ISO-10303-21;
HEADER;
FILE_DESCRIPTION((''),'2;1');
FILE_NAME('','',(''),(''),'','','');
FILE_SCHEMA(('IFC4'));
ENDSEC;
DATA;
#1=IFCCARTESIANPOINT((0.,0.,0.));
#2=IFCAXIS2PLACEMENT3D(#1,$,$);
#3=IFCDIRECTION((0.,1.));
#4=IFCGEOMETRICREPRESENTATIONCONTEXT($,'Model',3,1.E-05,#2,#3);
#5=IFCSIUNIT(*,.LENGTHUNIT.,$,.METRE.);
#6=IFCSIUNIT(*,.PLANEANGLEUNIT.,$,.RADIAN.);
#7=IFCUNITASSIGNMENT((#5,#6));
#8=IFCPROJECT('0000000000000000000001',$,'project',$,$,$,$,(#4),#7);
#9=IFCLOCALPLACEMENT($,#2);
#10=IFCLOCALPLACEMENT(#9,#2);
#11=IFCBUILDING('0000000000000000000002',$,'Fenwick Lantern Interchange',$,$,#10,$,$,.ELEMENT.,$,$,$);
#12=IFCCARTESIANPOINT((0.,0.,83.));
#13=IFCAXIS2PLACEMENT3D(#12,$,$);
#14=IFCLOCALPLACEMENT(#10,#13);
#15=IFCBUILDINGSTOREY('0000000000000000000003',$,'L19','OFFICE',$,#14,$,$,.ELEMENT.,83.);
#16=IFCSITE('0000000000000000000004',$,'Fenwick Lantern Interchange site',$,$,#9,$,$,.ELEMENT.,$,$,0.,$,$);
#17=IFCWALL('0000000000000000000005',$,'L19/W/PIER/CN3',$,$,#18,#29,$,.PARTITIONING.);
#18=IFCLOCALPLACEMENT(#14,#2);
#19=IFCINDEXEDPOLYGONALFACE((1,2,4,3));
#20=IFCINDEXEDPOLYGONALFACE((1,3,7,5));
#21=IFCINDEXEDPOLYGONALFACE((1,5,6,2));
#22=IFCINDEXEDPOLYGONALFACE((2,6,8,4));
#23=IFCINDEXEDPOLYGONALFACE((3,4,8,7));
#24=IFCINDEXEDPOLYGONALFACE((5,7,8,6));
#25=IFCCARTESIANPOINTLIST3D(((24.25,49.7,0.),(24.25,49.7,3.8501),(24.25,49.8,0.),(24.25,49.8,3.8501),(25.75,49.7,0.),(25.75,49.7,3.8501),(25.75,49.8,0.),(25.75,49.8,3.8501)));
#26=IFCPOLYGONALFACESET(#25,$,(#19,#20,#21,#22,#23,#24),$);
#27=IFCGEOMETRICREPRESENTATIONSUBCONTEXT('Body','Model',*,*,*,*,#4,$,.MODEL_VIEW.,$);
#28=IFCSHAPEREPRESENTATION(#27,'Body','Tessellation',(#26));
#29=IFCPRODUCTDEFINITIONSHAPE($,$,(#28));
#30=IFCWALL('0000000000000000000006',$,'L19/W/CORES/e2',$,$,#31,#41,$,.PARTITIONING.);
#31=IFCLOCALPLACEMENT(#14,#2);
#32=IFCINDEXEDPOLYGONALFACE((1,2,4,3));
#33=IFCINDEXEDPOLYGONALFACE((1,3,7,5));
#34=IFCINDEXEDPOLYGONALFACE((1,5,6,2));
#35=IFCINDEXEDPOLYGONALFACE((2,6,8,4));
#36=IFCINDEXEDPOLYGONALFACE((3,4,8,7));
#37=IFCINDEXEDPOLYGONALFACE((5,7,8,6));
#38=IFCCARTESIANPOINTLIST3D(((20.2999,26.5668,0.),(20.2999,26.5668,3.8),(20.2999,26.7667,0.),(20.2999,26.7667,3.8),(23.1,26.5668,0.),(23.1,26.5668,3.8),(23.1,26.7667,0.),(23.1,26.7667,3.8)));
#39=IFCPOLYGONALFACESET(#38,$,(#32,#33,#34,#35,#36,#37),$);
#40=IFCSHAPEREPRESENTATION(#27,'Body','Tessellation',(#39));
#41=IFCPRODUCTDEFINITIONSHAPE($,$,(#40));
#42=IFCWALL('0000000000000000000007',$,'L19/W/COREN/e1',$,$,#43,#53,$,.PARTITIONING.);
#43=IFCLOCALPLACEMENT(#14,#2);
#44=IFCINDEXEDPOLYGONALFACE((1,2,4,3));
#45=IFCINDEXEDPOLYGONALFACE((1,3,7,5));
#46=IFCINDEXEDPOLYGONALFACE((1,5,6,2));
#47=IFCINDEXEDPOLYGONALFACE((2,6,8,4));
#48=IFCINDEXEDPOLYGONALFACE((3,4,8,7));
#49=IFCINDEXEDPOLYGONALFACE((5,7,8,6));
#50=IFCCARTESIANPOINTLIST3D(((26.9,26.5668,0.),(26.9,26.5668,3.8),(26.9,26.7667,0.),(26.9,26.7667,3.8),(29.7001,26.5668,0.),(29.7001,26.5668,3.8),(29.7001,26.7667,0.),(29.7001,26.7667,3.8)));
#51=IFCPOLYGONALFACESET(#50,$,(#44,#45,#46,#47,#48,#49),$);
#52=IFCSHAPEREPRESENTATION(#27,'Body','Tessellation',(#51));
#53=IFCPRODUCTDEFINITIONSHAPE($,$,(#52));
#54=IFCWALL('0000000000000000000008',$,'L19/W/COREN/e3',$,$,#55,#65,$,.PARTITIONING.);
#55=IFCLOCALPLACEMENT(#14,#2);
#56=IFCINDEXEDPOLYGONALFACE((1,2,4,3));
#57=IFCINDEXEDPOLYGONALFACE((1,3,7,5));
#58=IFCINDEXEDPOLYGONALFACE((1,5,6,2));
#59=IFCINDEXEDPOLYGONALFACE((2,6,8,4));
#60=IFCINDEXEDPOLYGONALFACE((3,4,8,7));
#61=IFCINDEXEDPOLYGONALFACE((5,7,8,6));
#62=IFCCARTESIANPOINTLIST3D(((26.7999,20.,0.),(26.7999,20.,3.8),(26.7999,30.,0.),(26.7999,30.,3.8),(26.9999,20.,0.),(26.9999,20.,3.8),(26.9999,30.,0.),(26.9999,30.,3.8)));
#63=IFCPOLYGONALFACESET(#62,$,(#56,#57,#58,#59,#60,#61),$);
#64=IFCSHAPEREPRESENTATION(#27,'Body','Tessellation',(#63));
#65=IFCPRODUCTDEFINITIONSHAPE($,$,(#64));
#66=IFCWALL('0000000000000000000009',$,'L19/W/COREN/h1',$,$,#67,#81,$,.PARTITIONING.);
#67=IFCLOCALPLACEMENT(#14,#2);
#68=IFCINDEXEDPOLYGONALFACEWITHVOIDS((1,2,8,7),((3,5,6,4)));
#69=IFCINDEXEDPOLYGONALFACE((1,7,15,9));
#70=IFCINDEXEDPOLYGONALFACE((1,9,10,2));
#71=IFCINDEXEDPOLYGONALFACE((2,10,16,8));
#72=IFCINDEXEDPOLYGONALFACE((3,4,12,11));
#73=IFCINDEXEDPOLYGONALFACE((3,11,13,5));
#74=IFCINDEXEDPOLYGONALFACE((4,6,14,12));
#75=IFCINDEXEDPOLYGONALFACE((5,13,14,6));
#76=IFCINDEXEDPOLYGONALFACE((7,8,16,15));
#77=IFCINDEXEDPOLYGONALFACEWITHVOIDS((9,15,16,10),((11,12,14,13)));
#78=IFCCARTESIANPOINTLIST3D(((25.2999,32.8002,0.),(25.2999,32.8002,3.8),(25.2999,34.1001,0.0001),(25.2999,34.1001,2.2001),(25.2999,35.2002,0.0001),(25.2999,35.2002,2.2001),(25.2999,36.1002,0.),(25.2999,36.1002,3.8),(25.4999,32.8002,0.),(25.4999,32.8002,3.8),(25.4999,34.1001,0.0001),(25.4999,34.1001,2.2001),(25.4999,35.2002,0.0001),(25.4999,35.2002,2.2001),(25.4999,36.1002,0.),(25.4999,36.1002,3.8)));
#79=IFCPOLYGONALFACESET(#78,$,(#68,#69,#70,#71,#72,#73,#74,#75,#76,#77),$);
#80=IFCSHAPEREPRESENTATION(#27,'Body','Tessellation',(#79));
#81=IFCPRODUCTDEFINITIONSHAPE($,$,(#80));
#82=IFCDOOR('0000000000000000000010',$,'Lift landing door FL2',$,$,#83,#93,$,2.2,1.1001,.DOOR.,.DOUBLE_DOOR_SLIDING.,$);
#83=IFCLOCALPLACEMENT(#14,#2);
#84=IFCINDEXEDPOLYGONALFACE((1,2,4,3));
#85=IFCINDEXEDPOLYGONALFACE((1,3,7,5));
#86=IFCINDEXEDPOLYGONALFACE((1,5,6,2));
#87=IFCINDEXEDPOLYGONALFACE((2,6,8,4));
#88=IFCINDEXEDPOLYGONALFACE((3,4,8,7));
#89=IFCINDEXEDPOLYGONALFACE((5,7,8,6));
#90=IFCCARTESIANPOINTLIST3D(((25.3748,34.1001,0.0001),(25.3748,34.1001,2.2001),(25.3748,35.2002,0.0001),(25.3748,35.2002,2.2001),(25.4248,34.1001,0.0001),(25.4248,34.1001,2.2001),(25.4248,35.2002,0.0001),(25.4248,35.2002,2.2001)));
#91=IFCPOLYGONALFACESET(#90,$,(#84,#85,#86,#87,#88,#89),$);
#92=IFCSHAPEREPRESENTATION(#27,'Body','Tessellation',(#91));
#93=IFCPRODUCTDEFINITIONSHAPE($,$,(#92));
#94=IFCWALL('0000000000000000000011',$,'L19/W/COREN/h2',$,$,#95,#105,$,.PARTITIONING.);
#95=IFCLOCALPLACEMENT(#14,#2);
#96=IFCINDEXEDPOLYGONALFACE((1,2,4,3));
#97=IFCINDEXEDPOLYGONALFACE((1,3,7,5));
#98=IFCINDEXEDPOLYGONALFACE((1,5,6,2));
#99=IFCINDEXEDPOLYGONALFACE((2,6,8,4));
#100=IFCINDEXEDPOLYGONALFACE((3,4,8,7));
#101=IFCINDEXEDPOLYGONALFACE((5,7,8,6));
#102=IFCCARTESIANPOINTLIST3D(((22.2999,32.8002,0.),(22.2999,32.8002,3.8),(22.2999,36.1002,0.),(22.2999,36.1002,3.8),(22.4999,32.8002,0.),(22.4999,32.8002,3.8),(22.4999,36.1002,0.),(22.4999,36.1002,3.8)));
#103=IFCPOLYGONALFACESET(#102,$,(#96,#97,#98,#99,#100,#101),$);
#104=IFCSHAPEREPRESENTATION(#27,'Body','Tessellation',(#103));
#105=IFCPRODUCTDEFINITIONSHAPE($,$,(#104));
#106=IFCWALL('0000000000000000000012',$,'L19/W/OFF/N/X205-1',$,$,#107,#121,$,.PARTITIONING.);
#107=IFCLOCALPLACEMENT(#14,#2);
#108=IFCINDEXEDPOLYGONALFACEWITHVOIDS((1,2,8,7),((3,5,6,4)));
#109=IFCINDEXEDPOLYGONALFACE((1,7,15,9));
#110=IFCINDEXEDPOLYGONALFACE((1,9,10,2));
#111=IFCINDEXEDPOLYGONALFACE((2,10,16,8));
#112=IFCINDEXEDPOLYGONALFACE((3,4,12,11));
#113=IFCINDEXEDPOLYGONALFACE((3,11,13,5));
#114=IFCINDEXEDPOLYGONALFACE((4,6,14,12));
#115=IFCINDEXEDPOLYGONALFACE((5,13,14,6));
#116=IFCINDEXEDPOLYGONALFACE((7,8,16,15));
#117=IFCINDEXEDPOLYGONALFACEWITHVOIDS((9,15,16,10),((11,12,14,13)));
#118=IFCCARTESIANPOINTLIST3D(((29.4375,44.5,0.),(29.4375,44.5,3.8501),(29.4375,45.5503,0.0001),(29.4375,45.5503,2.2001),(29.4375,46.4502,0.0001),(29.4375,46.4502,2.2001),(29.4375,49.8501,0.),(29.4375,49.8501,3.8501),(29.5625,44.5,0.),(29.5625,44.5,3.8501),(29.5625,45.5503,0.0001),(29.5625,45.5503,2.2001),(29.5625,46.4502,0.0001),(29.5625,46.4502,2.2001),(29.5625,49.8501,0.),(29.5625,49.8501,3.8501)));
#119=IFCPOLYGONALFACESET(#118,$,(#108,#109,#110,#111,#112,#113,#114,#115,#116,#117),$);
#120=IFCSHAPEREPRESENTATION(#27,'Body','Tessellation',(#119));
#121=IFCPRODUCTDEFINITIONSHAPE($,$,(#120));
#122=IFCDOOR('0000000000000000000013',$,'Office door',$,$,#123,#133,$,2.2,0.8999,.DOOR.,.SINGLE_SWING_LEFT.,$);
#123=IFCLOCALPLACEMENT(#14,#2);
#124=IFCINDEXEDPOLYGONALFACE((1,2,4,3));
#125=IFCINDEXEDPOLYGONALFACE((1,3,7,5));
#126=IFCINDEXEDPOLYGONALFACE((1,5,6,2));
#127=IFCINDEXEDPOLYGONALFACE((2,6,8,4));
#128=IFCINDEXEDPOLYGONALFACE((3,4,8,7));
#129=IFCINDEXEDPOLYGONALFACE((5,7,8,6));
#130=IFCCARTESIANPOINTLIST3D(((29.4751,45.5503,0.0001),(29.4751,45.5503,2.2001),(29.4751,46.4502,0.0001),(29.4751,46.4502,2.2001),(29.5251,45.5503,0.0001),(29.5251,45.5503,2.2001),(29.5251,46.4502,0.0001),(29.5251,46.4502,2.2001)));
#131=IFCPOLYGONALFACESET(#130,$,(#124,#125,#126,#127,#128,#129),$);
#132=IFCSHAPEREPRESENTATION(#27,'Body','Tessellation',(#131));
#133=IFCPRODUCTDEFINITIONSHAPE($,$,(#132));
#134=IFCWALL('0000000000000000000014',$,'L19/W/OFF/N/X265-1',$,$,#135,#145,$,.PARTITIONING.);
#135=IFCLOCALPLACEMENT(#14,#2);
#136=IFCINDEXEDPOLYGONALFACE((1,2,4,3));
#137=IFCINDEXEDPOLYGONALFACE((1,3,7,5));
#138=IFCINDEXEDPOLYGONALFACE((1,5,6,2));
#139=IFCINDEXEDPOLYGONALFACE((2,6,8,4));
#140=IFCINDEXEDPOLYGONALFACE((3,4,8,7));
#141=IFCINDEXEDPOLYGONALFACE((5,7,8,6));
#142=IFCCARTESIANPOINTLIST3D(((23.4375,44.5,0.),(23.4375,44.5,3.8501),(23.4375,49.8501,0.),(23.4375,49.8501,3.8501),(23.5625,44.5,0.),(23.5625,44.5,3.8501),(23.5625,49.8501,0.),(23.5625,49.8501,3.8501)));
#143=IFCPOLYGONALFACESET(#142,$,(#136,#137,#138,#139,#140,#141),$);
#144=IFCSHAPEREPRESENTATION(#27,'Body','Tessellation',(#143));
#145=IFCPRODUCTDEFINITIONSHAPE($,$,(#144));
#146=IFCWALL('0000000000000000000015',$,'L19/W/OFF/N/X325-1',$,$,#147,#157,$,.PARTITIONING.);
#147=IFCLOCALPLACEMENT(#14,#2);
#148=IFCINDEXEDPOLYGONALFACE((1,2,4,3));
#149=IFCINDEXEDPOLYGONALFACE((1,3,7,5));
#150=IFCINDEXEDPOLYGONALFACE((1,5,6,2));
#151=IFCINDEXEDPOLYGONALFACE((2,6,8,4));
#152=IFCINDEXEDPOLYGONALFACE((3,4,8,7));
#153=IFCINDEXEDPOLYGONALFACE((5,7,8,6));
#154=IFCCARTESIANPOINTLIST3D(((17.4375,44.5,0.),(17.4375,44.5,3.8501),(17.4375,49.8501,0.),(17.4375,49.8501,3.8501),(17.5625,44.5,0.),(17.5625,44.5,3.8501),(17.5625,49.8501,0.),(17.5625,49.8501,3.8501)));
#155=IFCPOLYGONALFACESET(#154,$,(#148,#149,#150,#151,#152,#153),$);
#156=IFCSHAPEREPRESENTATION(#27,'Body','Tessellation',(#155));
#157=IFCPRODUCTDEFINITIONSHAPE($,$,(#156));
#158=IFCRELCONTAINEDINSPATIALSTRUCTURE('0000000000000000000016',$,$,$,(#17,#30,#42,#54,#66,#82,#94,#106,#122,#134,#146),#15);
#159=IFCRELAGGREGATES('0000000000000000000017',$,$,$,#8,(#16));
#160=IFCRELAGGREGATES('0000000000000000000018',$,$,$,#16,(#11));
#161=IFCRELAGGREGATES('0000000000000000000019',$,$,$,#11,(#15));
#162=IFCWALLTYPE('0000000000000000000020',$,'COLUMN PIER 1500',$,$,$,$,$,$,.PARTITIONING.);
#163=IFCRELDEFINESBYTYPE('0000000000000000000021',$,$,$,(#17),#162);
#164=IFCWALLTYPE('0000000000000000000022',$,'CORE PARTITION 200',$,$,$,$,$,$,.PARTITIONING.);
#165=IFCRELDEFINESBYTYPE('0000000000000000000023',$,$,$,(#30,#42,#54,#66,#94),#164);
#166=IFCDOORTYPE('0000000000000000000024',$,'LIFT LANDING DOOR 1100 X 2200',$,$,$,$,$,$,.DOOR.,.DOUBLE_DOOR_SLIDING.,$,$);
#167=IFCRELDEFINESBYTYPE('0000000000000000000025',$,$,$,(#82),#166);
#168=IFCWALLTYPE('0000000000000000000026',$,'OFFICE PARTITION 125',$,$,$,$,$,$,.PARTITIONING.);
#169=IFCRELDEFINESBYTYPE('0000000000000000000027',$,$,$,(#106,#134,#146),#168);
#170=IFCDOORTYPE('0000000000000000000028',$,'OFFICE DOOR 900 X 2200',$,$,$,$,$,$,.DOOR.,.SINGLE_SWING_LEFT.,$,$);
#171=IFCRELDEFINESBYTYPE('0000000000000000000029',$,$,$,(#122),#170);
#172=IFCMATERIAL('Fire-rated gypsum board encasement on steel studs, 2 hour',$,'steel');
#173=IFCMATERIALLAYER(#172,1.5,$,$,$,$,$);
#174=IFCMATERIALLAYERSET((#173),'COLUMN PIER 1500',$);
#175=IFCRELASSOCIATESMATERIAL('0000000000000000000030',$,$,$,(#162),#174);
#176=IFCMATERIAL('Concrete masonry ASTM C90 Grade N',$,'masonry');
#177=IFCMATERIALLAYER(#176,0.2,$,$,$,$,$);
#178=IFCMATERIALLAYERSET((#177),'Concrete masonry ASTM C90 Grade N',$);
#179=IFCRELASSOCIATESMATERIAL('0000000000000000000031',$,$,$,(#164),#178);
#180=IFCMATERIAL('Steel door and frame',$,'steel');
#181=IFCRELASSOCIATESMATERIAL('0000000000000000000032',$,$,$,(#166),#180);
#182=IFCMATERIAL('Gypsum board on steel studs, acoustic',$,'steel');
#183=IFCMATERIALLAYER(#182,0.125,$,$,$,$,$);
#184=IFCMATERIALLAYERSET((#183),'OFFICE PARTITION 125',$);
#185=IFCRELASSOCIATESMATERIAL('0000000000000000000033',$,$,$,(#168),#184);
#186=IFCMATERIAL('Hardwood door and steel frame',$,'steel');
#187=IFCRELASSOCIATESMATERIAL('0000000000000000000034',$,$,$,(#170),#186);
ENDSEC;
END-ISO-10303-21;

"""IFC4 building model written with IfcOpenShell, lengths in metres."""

from ifc_helpers import new_model, si_unit, direction, frame, frame_2d, origin, place, context, subcontext, project, spatial, rectangle, extrude, material, layer, layer_set, type_object, element, fill, save


model = new_model("IFC4")

# Units and contexts
model_context = context("Model", 3, precision=1e-05, world=origin(), true_north=direction((0.0, 1.0)))
body_context = subcontext(model_context, "Body", "Model", "MODEL_VIEW")
ifc_project = project(units=[si_unit("LENGTHUNIT", "METRE"), si_unit("PLANEANGLEUNIT", "RADIAN")], contexts=[model_context])

# Site, building, storey
site_placement = place(None, origin())
site = spatial("IfcSite", under=ifc_project, at=site_placement, Name="Fenwick Lantern Interchange site", CompositionType="ELEMENT", RefElevation=0.0)
building_placement = place(site_placement, origin())
building = spatial("IfcBuilding", under=site, at=building_placement, Name="Fenwick Lantern Interchange", CompositionType="ELEMENT")
storey_placement = place(building_placement, frame((0.0, 0.0, 83.0)))
storey = spatial("IfcBuildingStorey", under=building, at=storey_placement, Name="L19", Description="OFFICE", CompositionType="ELEMENT", Elevation=83.0)

# Walls
ifc_material_1 = material(Name="Fire-rated gypsum board encasement on steel studs, 2 hour", Category="steel")
ifc_layer_1 = layer(ifc_material_1, 1.5)
ifc_layer_set_1 = layer_set([ifc_layer_1], Name="COLUMN PIER 1500")
wall_type_1 = type_object("IfcWallType", Name="COLUMN PIER 1500", PredefinedType="PARTITIONING", material=ifc_layer_set_1)
wall_1_placement = place(storey_placement, frame((25.0, 49.8, 0.0), z_axis=(0.0, 0.0, 1.0), x_axis=(0.0, -1.0, 0.0)))
element("IfcWall", 1, at=wall_1_placement, inside=storey, type_object=wall_type_1, Name="L19/W/PIER/CN3", PredefinedType="PARTITIONING", context=body_context, shape_type="SweptSolid", body=[
    extrude(rectangle(XDim=0.1001, YDim=1.5, at=frame_2d((0.05, 0.0))), origin(), (0.0, 0.0, 1.0), 3.8501),
])
ifc_material_2 = material(Name="Concrete masonry ASTM C90 Grade N", Category="masonry")
ifc_layer_2 = layer(ifc_material_2, 0.2)
ifc_layer_set_2 = layer_set([ifc_layer_2], Name="Concrete masonry ASTM C90 Grade N")
wall_type_2 = type_object("IfcWallType", Name="CORE PARTITION 200", PredefinedType="PARTITIONING", material=ifc_layer_set_2)
for number, where, z_axis, x_axis, name in (
    (2, (20.3, 26.6667, 0.0), (0.0, 0.0, 1.0), (1.0, 0.0, 0.0), "L19/W/CORES/e2"),
    (3, (29.7, 26.6667, 0.0), (0.0, 0.0, 1.0), (-1.0, 0.0, 0.0), "L19/W/COREN/e1"),
):
    element("IfcWall", number, at=place(storey_placement, frame(where, z_axis=z_axis, x_axis=x_axis)), inside=storey, type_object=wall_type_2, Name=name, PredefinedType="PARTITIONING", context=body_context, shape_type="SweptSolid", body=[
        extrude(rectangle(XDim=2.8, YDim=0.2, at=frame_2d((1.3999, 0.0))), origin(), (0.0, 0.0, 1.0), 3.8),
    ])
wall_2_placement = place(storey_placement, frame((26.8999, 30.0, 0.0), z_axis=(0.0, 0.0, 1.0), x_axis=(0.0, -1.0, 0.0)))
element("IfcWall", 4, at=wall_2_placement, inside=storey, type_object=wall_type_2, Name="L19/W/COREN/e3", PredefinedType="PARTITIONING", context=body_context, shape_type="SweptSolid", body=[
    extrude(rectangle(XDim=10.0, YDim=0.2, at=frame_2d((5.0, 0.0))), origin(), (0.0, 0.0, 1.0), 3.8),
])

# Wall, opening, door
wall_3_placement = place(storey_placement, frame((25.3999, 36.1001, 0.0), z_axis=(0.0, 0.0, 1.0), x_axis=(0.0, -1.0, 0.0)))
wall_3 = element("IfcWall", 5, at=wall_3_placement, inside=storey, type_object=wall_type_2, Name="L19/W/COREN/h1", PredefinedType="PARTITIONING", context=body_context, shape_type="SweptSolid", body=[
    extrude(rectangle(XDim=3.3, YDim=0.2, at=frame_2d((1.6499, 0.0))), origin(), (0.0, 0.0, 1.0), 3.8),
])
opening_1_placement = place(wall_3_placement, frame((0.8999, 0.0, 0.0)))
opening_1 = element("IfcOpeningElement", 6, at=opening_1_placement, cuts=wall_3, PredefinedType="OPENING", context=body_context, shape_type="SweptSolid", body=[
    extrude(rectangle(XDim=1.1001, YDim=2.2, at=frame_2d((0.55, 1.1001))), frame((0.0, 0.1099, 0.0), z_axis=(0.0, -1.0, 0.0), x_axis=(1.0, 0.0, 0.0)), (0.0, 0.0, 1.0), 0.22),
])
ifc_material_3 = material(Name="Steel door and frame", Category="steel")
door_type_1 = type_object("IfcDoorType", Name="LIFT LANDING DOOR 1100 X 2200", OperationType="DOUBLE_DOOR_SLIDING", PredefinedType="DOOR", material=ifc_material_3)
door_1_placement = place(opening_1_placement, origin())
door_1 = element("IfcDoor", 7, at=door_1_placement, inside=storey, type_object=door_type_1, Name="Lift landing door FL2", OperationType="DOUBLE_DOOR_SLIDING", OverallHeight=2.2, OverallWidth=1.1001, PredefinedType="DOOR", context=body_context, shape_type="SweptSolid", body=[
    extrude(rectangle(XDim=1.1001, YDim=2.2, at=frame_2d((0.55, 1.1001))), frame((0.0, 0.0249, 0.0), z_axis=(0.0, -1.0, 0.0), x_axis=(1.0, 0.0, 0.0)), (0.0, 0.0, 1.0), 0.05),
])
fill(opening_1, door_1)

# Wall
wall_4_placement = place(storey_placement, frame((22.3999, 36.1001, 0.0), z_axis=(0.0, 0.0, 1.0), x_axis=(0.0, -1.0, 0.0)))
element("IfcWall", 8, at=wall_4_placement, inside=storey, type_object=wall_type_2, Name="L19/W/COREN/h2", PredefinedType="PARTITIONING", context=body_context, shape_type="SweptSolid", body=[
    extrude(rectangle(XDim=3.3, YDim=0.2, at=frame_2d((1.6499, 0.0))), origin(), (0.0, 0.0, 1.0), 3.8),
])

# Wall, opening, door
ifc_material_4 = material(Name="Gypsum board on steel studs, acoustic", Category="steel")
ifc_layer_3 = layer(ifc_material_4, 0.125)
ifc_layer_set_3 = layer_set([ifc_layer_3], Name="OFFICE PARTITION 125")
wall_type_3 = type_object("IfcWallType", Name="OFFICE PARTITION 125", PredefinedType="PARTITIONING", material=ifc_layer_set_3)
wall_5_placement = place(storey_placement, frame((29.5, 49.8501, 0.0), z_axis=(0.0, 0.0, 1.0), x_axis=(0.0, -1.0, 0.0)))
wall_5 = element("IfcWall", 9, at=wall_5_placement, inside=storey, type_object=wall_type_3, Name="L19/W/OFF/N/X205-1", PredefinedType="PARTITIONING", context=body_context, shape_type="SweptSolid", body=[
    extrude(rectangle(XDim=5.3501, YDim=0.125, at=frame_2d((2.675, 0.0))), origin(), (0.0, 0.0, 1.0), 3.8501),
])
opening_2_placement = place(wall_5_placement, frame((3.3999, 0.0, 0.0)))
opening_2 = element("IfcOpeningElement", 10, at=opening_2_placement, cuts=wall_5, PredefinedType="OPENING", context=body_context, shape_type="SweptSolid", body=[
    extrude(rectangle(XDim=0.8999, YDim=2.2, at=frame_2d((0.45, 1.1001))), frame((0.0, 0.0725, 0.0), z_axis=(0.0, -1.0, 0.0), x_axis=(1.0, 0.0, 0.0)), (0.0, 0.0, 1.0), 0.145),
])
ifc_material_5 = material(Name="Hardwood door and steel frame", Category="steel")
door_type_2 = type_object("IfcDoorType", Name="OFFICE DOOR 900 X 2200", OperationType="SINGLE_SWING_LEFT", PredefinedType="DOOR", material=ifc_material_5)
door_2_placement = place(opening_2_placement, frame((0.8999, 0.0, 0.0), z_axis=(0.0, 0.0, 1.0), x_axis=(-1.0, 0.0, 0.0)))
door_2 = element("IfcDoor", 11, at=door_2_placement, inside=storey, type_object=door_type_2, Name="Office door", OperationType="SINGLE_SWING_LEFT", OverallHeight=2.2, OverallWidth=0.8999, PredefinedType="DOOR", context=body_context, shape_type="SweptSolid", body=[
    extrude(rectangle(XDim=0.8999, YDim=2.2, at=frame_2d((0.45, 1.1001))), frame((0.0, 0.0249, 0.0), z_axis=(0.0, -1.0, 0.0), x_axis=(1.0, 0.0, 0.0)), (0.0, 0.0, 1.0), 0.05),
])
fill(opening_2, door_2)

# Walls
for number, where, z_axis, x_axis, name in (
    (12, (23.5, 49.8501, 0.0), (0.0, 0.0, 1.0), (0.0, -1.0, 0.0), "L19/W/OFF/N/X265-1"),
    (13, (17.5, 49.8501, 0.0), (0.0, 0.0, 1.0), (0.0, -1.0, 0.0), "L19/W/OFF/N/X325-1"),
):
    element("IfcWall", number, at=place(storey_placement, frame(where, z_axis=z_axis, x_axis=x_axis)), inside=storey, type_object=wall_type_3, Name=name, PredefinedType="PARTITIONING", context=body_context, shape_type="SweptSolid", body=[
        extrude(rectangle(XDim=5.3501, YDim=0.125, at=frame_2d((2.675, 0.0))), origin(), (0.0, 0.0, 1.0), 3.8501),
    ])

save(model, "model.ifc")
